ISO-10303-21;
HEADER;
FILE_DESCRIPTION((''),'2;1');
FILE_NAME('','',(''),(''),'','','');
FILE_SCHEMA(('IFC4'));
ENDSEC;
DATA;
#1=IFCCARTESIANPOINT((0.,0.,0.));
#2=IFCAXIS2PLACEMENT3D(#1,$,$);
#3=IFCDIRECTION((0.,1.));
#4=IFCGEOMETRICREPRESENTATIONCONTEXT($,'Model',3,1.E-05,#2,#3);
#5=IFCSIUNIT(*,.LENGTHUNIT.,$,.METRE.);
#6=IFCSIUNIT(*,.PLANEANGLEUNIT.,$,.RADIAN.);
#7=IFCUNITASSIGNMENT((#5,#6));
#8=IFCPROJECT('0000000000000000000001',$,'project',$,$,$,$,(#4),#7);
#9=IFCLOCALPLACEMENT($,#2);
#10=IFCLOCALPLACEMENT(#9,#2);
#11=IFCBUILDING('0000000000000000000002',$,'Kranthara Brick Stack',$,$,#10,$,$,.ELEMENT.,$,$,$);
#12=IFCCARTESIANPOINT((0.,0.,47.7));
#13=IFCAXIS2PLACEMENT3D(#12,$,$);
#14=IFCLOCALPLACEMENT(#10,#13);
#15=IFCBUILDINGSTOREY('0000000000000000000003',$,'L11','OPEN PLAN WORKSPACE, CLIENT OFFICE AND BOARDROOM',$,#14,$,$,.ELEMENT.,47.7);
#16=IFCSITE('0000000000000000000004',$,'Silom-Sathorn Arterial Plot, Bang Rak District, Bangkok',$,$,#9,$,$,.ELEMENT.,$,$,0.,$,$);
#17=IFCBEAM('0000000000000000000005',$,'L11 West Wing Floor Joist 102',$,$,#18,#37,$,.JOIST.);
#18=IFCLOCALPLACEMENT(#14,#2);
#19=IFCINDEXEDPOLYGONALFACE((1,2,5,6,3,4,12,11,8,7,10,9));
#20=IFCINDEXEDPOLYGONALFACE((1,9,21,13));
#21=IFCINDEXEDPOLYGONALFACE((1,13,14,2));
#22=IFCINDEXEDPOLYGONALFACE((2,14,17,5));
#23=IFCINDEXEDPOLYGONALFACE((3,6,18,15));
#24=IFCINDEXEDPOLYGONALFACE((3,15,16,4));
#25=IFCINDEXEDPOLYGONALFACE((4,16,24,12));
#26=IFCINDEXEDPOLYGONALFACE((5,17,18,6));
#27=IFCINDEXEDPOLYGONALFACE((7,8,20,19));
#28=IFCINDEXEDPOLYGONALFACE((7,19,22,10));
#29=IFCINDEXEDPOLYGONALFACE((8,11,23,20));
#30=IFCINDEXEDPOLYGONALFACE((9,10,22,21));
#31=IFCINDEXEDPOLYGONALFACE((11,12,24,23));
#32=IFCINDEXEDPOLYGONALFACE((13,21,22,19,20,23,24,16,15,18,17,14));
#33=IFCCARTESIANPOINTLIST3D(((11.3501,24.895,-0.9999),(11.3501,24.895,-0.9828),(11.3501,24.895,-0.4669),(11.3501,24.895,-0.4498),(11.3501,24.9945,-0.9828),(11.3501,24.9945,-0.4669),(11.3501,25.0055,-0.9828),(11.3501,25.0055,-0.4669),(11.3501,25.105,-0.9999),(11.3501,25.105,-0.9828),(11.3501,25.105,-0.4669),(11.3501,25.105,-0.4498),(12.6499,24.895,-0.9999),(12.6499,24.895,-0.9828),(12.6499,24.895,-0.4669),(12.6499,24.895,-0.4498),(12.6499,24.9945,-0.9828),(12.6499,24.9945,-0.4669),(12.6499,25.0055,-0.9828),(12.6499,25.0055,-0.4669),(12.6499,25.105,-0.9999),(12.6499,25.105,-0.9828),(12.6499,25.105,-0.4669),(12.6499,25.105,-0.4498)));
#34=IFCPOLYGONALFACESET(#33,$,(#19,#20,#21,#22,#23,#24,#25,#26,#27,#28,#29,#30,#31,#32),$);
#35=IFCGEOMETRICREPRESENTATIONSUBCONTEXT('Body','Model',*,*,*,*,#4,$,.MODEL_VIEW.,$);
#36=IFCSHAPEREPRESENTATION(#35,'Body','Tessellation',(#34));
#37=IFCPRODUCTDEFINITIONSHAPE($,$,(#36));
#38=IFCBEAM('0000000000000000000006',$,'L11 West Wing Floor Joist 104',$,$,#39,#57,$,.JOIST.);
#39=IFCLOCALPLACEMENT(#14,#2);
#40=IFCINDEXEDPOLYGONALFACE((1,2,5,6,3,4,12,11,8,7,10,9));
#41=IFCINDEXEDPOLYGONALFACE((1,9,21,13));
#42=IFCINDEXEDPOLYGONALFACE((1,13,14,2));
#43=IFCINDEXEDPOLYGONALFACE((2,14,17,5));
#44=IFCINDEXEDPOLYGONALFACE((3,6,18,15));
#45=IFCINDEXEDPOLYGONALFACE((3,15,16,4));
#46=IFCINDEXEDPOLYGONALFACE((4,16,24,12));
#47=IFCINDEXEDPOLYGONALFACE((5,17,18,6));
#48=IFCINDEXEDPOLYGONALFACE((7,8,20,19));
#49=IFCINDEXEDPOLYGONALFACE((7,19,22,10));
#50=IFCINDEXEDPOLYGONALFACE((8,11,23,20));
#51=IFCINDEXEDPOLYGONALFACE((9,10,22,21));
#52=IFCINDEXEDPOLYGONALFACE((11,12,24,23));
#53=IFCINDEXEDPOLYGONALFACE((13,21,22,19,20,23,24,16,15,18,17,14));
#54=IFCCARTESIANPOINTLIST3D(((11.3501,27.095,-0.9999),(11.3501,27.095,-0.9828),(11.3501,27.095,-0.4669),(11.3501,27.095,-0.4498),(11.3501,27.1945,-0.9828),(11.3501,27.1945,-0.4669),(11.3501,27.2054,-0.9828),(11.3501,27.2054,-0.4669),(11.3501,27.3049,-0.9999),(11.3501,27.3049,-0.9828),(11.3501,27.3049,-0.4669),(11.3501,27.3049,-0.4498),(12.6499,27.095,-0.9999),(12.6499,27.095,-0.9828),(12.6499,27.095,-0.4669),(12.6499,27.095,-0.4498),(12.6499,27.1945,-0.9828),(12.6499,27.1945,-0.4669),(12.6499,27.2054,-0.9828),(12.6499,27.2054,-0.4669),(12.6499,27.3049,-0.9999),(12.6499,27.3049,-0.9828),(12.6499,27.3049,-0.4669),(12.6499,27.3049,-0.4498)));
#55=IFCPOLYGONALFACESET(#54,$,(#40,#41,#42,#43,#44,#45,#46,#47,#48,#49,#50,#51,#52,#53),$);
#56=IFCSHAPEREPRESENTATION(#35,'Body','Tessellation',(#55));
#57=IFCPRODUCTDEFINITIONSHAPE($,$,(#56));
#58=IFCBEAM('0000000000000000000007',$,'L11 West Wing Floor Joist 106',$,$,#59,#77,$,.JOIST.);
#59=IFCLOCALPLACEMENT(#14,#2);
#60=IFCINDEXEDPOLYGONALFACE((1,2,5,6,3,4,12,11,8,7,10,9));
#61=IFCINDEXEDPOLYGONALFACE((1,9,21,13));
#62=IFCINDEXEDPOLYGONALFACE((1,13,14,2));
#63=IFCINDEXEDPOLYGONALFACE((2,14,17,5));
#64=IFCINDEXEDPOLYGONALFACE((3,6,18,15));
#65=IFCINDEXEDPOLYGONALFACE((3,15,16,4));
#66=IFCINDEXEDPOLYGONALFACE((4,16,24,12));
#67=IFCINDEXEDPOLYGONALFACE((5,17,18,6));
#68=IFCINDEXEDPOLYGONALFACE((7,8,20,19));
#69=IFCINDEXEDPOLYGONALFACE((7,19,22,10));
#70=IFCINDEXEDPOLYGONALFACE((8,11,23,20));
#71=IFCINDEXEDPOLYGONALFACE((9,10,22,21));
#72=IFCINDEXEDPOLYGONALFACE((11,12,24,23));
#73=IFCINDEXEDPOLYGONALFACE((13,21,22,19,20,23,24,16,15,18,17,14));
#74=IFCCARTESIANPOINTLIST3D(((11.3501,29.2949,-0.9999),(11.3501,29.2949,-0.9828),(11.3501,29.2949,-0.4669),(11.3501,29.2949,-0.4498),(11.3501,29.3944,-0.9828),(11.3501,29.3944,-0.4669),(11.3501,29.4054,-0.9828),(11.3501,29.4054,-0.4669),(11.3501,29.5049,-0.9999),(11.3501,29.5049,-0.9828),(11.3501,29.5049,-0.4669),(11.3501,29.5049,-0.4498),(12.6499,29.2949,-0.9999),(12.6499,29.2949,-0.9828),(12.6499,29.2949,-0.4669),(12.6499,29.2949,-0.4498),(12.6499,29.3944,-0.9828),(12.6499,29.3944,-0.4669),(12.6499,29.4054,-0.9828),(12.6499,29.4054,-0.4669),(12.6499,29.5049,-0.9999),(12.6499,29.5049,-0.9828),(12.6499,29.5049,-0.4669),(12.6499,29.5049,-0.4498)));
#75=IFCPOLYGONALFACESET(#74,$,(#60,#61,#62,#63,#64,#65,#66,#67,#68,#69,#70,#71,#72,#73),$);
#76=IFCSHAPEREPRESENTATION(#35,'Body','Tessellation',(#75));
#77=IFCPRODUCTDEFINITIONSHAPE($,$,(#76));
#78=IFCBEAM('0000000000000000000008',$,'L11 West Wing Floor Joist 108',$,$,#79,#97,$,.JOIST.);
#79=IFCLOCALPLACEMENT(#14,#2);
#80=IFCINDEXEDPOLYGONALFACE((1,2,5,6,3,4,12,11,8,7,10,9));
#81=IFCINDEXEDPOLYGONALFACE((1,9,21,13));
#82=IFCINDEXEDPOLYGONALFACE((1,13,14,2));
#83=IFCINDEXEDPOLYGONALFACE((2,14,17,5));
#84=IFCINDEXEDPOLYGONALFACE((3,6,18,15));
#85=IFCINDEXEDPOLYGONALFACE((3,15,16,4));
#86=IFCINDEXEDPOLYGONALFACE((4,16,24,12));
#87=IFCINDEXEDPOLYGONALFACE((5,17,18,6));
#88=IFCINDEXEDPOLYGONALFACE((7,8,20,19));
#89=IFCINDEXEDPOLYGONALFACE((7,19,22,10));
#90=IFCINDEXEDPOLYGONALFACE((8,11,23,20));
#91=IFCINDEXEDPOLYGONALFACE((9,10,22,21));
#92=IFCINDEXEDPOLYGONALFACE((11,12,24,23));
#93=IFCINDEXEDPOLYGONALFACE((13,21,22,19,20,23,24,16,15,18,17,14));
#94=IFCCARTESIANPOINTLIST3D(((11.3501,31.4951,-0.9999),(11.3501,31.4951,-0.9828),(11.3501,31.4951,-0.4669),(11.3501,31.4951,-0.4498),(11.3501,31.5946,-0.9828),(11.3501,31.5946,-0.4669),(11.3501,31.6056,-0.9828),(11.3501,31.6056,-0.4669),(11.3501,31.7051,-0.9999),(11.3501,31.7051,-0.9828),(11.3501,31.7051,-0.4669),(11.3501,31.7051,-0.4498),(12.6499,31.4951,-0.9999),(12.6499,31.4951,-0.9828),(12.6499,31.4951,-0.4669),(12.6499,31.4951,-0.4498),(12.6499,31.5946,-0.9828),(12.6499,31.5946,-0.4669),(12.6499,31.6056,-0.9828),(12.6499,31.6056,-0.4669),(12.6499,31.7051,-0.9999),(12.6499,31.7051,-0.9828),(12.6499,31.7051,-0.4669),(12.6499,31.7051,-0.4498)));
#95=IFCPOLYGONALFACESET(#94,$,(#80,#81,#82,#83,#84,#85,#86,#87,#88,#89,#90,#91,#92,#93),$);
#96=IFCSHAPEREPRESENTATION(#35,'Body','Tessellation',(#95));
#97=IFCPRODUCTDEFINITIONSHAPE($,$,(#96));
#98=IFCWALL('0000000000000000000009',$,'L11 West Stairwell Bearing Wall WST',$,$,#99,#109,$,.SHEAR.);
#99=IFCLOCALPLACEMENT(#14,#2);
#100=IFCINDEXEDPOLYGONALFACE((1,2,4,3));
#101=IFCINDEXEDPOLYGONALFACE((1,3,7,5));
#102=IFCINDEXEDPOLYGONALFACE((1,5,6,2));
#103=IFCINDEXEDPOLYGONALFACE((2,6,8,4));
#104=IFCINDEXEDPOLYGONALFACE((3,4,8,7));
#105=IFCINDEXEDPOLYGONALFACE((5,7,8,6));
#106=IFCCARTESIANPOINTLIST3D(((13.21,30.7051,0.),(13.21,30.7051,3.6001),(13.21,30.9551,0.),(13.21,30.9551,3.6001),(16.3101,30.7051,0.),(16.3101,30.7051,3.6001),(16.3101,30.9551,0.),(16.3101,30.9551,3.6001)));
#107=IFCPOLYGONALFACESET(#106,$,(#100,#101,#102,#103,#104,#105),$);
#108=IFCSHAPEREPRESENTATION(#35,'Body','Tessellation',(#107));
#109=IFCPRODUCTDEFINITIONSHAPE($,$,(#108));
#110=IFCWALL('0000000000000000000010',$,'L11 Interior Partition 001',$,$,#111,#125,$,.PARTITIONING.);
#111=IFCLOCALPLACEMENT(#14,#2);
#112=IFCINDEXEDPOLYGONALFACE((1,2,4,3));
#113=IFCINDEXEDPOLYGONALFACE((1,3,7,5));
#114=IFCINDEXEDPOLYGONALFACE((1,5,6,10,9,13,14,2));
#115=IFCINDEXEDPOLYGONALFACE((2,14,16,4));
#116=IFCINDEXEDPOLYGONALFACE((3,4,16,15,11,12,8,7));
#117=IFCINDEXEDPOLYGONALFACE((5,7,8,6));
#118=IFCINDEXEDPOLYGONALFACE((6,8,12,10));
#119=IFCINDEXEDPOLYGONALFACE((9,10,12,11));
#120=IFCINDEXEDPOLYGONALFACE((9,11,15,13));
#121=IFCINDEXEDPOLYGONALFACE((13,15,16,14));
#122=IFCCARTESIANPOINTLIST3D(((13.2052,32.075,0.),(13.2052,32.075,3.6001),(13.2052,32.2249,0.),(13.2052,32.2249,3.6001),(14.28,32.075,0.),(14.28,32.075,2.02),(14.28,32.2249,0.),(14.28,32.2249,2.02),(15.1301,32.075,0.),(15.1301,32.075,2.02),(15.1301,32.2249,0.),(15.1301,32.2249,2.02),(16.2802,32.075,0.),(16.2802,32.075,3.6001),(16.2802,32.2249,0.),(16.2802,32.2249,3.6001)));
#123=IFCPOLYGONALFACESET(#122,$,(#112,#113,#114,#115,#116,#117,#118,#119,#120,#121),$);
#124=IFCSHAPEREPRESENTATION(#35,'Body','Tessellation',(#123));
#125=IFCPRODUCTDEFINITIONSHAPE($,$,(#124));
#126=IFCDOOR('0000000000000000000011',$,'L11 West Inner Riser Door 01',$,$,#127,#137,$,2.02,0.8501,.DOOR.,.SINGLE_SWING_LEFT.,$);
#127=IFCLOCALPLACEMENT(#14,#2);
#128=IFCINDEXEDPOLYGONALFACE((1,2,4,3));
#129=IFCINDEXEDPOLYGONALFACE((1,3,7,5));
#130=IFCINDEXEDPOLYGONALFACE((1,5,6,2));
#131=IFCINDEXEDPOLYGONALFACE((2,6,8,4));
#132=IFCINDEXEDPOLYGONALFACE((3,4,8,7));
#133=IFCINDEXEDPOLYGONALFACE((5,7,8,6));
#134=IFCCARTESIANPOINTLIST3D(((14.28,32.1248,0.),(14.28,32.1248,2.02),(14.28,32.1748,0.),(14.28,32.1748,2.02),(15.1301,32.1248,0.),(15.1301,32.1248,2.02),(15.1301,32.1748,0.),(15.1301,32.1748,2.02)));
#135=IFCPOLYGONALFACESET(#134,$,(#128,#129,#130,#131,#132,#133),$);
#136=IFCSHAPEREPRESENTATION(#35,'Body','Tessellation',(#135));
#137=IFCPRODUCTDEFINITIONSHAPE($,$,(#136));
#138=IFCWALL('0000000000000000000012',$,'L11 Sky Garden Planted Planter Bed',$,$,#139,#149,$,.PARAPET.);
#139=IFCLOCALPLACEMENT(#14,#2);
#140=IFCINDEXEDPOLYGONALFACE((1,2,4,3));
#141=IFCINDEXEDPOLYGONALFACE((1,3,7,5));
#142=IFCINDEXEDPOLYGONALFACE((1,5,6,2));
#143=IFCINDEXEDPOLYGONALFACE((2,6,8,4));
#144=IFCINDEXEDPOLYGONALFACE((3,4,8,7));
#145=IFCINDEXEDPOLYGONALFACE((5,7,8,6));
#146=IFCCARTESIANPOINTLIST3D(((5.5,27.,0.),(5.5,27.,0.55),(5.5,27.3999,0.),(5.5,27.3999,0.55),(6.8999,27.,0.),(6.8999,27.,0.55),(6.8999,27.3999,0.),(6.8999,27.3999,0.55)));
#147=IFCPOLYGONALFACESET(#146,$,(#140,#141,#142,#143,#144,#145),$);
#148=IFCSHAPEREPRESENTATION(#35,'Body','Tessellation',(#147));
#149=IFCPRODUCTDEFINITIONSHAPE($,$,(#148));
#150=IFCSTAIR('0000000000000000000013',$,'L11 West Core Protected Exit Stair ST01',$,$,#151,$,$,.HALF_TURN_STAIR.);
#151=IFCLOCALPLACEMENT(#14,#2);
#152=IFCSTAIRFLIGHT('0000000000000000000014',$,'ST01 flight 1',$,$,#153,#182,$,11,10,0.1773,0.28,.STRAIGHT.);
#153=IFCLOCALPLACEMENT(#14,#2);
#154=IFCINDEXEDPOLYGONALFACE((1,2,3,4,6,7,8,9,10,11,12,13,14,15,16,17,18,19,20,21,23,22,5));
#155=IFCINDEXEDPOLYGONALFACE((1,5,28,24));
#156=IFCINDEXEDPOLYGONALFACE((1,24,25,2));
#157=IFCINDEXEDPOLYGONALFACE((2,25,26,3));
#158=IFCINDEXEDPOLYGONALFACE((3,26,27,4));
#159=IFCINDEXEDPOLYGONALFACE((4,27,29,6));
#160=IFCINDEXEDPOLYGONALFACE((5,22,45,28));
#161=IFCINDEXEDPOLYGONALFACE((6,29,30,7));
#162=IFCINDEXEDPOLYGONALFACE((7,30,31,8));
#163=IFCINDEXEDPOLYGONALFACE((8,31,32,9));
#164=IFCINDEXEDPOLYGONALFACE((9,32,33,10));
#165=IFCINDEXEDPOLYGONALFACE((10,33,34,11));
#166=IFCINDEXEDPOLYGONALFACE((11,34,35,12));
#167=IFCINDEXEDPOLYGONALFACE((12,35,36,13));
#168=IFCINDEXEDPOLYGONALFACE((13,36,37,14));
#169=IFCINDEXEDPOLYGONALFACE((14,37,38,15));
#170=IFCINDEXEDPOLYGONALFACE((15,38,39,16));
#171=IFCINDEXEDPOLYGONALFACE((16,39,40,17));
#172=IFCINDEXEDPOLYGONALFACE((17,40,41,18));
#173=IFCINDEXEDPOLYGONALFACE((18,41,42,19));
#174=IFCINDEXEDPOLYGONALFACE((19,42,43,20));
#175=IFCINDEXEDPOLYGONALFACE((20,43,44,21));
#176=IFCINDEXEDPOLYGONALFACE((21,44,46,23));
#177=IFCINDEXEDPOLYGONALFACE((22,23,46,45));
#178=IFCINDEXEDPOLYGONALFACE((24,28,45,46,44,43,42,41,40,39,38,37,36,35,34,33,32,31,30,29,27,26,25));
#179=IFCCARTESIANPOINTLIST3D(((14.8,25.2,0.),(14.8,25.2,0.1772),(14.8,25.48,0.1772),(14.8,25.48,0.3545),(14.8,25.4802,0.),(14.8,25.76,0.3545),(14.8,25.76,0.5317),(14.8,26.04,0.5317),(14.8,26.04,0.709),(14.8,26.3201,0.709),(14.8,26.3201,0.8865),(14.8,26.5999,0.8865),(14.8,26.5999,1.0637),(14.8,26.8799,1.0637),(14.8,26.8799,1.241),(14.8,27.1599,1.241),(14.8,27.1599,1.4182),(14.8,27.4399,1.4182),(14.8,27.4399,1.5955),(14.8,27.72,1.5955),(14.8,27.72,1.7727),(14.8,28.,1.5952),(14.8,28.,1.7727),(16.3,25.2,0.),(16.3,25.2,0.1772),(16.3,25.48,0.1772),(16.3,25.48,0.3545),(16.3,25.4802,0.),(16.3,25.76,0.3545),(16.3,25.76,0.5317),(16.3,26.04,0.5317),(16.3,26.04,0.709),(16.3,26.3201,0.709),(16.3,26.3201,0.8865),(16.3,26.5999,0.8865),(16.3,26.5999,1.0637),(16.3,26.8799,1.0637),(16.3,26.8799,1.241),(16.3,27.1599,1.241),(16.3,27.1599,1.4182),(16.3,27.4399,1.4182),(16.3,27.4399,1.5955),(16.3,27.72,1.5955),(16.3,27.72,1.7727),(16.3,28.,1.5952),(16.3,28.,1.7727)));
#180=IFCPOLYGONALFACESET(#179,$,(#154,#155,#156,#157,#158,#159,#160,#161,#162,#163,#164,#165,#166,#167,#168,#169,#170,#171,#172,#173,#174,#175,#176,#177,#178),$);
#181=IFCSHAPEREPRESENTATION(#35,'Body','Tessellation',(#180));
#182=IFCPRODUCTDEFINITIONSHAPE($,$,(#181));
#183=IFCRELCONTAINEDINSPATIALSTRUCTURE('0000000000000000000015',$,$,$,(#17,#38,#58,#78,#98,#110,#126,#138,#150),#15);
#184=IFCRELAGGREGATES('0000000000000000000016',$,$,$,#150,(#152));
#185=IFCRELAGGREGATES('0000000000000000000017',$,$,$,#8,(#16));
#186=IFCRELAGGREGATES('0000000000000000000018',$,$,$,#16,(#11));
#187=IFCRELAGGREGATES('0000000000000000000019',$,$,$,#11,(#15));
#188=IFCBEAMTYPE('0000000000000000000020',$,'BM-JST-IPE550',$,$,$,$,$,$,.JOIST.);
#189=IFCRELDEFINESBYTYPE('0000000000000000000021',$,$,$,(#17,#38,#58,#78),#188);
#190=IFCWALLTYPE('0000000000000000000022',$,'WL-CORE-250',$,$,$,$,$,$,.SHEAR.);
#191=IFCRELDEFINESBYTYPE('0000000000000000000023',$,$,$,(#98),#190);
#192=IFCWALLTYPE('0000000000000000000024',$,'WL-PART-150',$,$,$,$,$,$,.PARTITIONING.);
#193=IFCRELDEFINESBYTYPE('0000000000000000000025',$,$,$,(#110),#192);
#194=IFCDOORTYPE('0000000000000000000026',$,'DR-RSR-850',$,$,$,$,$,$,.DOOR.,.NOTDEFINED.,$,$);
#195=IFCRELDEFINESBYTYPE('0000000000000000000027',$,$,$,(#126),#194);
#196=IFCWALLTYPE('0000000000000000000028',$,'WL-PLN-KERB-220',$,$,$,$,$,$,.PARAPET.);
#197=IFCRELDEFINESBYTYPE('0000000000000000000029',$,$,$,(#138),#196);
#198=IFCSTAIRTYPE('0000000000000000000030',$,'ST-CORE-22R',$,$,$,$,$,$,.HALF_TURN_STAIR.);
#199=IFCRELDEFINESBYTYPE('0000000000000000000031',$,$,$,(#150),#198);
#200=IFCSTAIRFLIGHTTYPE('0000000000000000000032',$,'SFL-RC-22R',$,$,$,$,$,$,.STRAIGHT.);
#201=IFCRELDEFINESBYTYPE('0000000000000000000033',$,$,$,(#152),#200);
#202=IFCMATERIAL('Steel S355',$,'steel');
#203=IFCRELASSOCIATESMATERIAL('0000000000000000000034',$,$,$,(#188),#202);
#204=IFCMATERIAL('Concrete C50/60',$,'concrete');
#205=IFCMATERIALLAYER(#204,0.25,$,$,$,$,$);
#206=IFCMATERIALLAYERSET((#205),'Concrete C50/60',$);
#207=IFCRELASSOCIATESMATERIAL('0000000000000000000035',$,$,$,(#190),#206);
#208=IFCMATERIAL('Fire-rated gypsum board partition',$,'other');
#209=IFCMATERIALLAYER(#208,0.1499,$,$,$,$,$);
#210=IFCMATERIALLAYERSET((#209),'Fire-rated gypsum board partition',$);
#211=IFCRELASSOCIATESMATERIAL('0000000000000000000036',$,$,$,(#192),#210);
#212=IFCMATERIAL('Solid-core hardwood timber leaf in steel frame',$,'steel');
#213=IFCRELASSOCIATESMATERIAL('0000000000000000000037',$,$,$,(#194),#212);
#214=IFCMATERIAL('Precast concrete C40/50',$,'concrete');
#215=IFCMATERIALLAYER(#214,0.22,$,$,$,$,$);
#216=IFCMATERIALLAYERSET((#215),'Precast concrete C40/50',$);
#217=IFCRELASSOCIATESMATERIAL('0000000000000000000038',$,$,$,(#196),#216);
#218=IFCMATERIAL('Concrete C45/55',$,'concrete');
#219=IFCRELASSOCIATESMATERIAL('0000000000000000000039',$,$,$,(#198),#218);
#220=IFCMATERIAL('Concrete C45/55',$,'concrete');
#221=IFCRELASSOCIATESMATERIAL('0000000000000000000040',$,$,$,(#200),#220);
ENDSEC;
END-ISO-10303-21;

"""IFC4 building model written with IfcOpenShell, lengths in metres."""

from ifc_helpers import new_model, si_unit, direction, frame, frame_2d, origin, origin_2d, place, context, subcontext, project, spatial, polyline, rectangle, i_section, outline, extrude, material, layer, layer_set, material_profile, profile_set, type_object, element, fill, aggregate, save


model = new_model("IFC4")

# Units and contexts
model_context = context("Model", 3, precision=1e-05, world=origin(), true_north=direction((0.0, 1.0)))
body_context = subcontext(model_context, "Body", "Model", "MODEL_VIEW")
ifc_project = project(units=[si_unit("LENGTHUNIT", "METRE"), si_unit("PLANEANGLEUNIT", "RADIAN")], contexts=[model_context])

# Site, building, storey
site_placement = place(None, origin())
site = spatial("IfcSite", under=ifc_project, at=site_placement, Name="Silom-Sathorn Arterial Plot, Bang Rak District, Bangkok", CompositionType="ELEMENT", RefElevation=0.0)
building_placement = place(site_placement, origin())
building = spatial("IfcBuilding", under=site, at=building_placement, Name="Kranthara Brick Stack", CompositionType="ELEMENT")
storey_placement = place(building_placement, frame((0.0, 0.0, 47.7)))
storey = spatial("IfcBuildingStorey", under=building, at=storey_placement, Name="L11", Description="OPEN PLAN WORKSPACE, CLIENT OFFICE AND BOARDROOM", CompositionType="ELEMENT", Elevation=47.7)

# Beams
ifc_material_1 = material(Name="Steel S355", Category="steel")
ifc_material_profile = material_profile(ifc_material_1, i_section(OverallWidth=0.21, OverallDepth=0.55, WebThickness=0.011, FlangeThickness=0.0171, at=origin_2d()), Name="IPE 550")
ifc_profile_set = profile_set([ifc_material_profile], Name="Steel S355")
beam_type = type_object("IfcBeamType", Name="BM-JST-IPE550", PredefinedType="JOIST", material=ifc_profile_set)
for number, where, z_axis, x_axis, name in (
    (1, (11.3501, 25.0, -0.7249), (1.0, 0.0, 0.0), (0.0, 1.0, 0.0), "L11 West Wing Floor Joist 102"),
    (2, (11.3501, 27.2, -0.7249), (1.0, 0.0, 0.0), (0.0, 1.0, 0.0), "L11 West Wing Floor Joist 104"),
    (3, (11.3501, 29.3999, -0.7249), (1.0, 0.0, 0.0), (0.0, 1.0, 0.0), "L11 West Wing Floor Joist 106"),
    (4, (11.3501, 31.6001, -0.7249), (1.0, 0.0, 0.0), (0.0, 1.0, 0.0), "L11 West Wing Floor Joist 108"),
):
    element("IfcBeam", number, at=place(storey_placement, frame(where, z_axis=z_axis, x_axis=x_axis)), inside=storey, type_object=beam_type, Name=name, PredefinedType="JOIST", context=body_context, shape_type="SweptSolid", body=[
        extrude(i_section(OverallWidth=0.21, OverallDepth=0.55, WebThickness=0.011, FlangeThickness=0.0171, at=origin_2d()), origin(), (0.0, 0.0, 1.0), 1.2998),
    ])

# Wall
ifc_material_2 = material(Name="Concrete C50/60", Category="concrete")
ifc_layer_1 = layer(ifc_material_2, 0.25)
ifc_layer_set_1 = layer_set([ifc_layer_1], Name="Concrete C50/60")
wall_type_1 = type_object("IfcWallType", Name="WL-CORE-250", PredefinedType="SHEAR", material=ifc_layer_set_1)
wall_1_placement = place(storey_placement, frame((13.21, 30.8301, 0.0), z_axis=(0.0, 0.0, 1.0), x_axis=(1.0, 0.0, 0.0)))
element("IfcWall", 5, at=wall_1_placement, inside=storey, type_object=wall_type_1, Name="L11 West Stairwell Bearing Wall WST", PredefinedType="SHEAR", context=body_context, shape_type="SweptSolid", body=[
    extrude(rectangle(XDim=3.1001, YDim=0.25, at=frame_2d((1.55, 0.0))), origin(), (0.0, 0.0, 1.0), 3.6001),
])

# Wall, opening, door
ifc_material_3 = material(Name="Fire-rated gypsum board partition", Category="other")
ifc_layer_2 = layer(ifc_material_3, 0.1499)
ifc_layer_set_2 = layer_set([ifc_layer_2], Name="Fire-rated gypsum board partition")
wall_type_2 = type_object("IfcWallType", Name="WL-PART-150", PredefinedType="PARTITIONING", material=ifc_layer_set_2)
wall_2_placement = place(storey_placement, frame((13.2051, 32.1499, 0.0), z_axis=(0.0, 0.0, 1.0), x_axis=(1.0, 0.0, 0.0)))
wall_2 = element("IfcWall", 6, at=wall_2_placement, inside=storey, type_object=wall_type_2, Name="L11 Interior Partition 001", PredefinedType="PARTITIONING", context=body_context, shape_type="SweptSolid", body=[
    extrude(rectangle(XDim=3.075, YDim=0.1499, at=frame_2d((1.5376, 0.0))), origin(), (0.0, 0.0, 1.0), 3.6001),
])
opening_placement = place(wall_2_placement, frame((1.075, 0.0, 0.0)))
opening = element("IfcOpeningElement", 7, at=opening_placement, cuts=wall_2, PredefinedType="OPENING", context=body_context, shape_type="SweptSolid", body=[
    extrude(rectangle(XDim=0.8501, YDim=2.02, at=frame_2d((0.425, 1.01))), frame((0.0, 0.085, 0.0), z_axis=(0.0, -1.0, 0.0), x_axis=(1.0, 0.0, 0.0)), (0.0, 0.0, 1.0), 0.1699),
])
ifc_material_4 = material(Name="Solid-core hardwood timber leaf in steel frame", Category="steel")
door_type = type_object("IfcDoorType", Name="DR-RSR-850", OperationType="NOTDEFINED", PredefinedType="DOOR", material=ifc_material_4)
door_placement = place(opening_placement, origin())
door = element("IfcDoor", 8, at=door_placement, inside=storey, type_object=door_type, Name="L11 West Inner Riser Door 01", OperationType="SINGLE_SWING_LEFT", OverallHeight=2.02, OverallWidth=0.8501, PredefinedType="DOOR", context=body_context, shape_type="SweptSolid", body=[
    extrude(rectangle(XDim=0.8501, YDim=2.02, at=frame_2d((0.425, 1.01))), frame((0.0, 0.0249, 0.0), z_axis=(0.0, -1.0, 0.0), x_axis=(1.0, 0.0, 0.0)), (0.0, 0.0, 1.0), 0.05),
])
fill(opening, door)

# Wall
ifc_material_5 = material(Name="Precast concrete C40/50", Category="concrete")
ifc_layer_3 = layer(ifc_material_5, 0.22)
ifc_layer_set_3 = layer_set([ifc_layer_3], Name="Precast concrete C40/50")
wall_type_3 = type_object("IfcWallType", Name="WL-PLN-KERB-220", PredefinedType="PARAPET", material=ifc_layer_set_3)
wall_3_placement = place(storey_placement, frame((5.5, 27.2, 0.0), z_axis=(0.0, 0.0, 1.0), x_axis=(1.0, 0.0, 0.0)))
element("IfcWall", 9, at=wall_3_placement, inside=storey, type_object=wall_type_3, Name="L11 Sky Garden Planted Planter Bed", PredefinedType="PARAPET", context=body_context, shape_type="SweptSolid", body=[
    extrude(rectangle(XDim=1.3999, YDim=0.3999, at=frame_2d((0.7, 0.0))), origin(), (0.0, 0.0, 1.0), 0.55),
])

# Stair, stair flight
ifc_material_6 = material(Name="Concrete C45/55", Category="concrete")
stair_type = type_object("IfcStairType", Name="ST-CORE-22R", PredefinedType="HALF_TURN_STAIR", material=ifc_material_6)
stair_placement = place(storey_placement, origin())
stair = element("IfcStair", 10, at=stair_placement, inside=storey, type_object=stair_type, Name="L11 West Core Protected Exit Stair ST01", PredefinedType="HALF_TURN_STAIR")
ifc_material_7 = material(Name="Concrete C45/55", Category="concrete")
stair_flight_type = type_object("IfcStairFlightType", Name="SFL-RC-22R", PredefinedType="STRAIGHT", material=ifc_material_7)
stair_flight_1_placement = place(storey_placement, frame((15.55, 25.2, 0.0), z_axis=(0.0, 0.0, 1.0), x_axis=(0.0, 1.0, 0.0)))
stair_flight_1 = element("IfcStairFlight", 11, at=stair_flight_1_placement, type_object=stair_flight_type, Name="ST01 flight 1", NumberOfRisers=11, NumberOfTreads=10, PredefinedType="STRAIGHT", RiserHeight=0.1773, TreadLength=0.28, context=body_context, shape_type="SweptSolid", body=[
    extrude(outline(polyline([(0.0, 0.0), (0.0, 0.1772), (0.28, 0.1772), (0.28, 0.3545), (0.5601, 0.3545), (0.5601, 0.5317), (0.8401, 0.5317), (0.8401, 0.709), (1.1201, 0.709), (1.1201, 0.8865), (1.3999, 0.8865), (1.3999, 1.0637), (1.6799, 1.0637), (1.6799, 1.241), (1.96, 1.241), (1.96, 1.4182), (2.24, 1.4182), (2.24, 1.5955), (2.52, 1.5955), (2.52, 1.7727), (2.8, 1.7727), (2.8, 1.95), (2.8, 1.5952), (0.2803, 0.0), (0.0, 0.0)])), frame((0.0, 0.75, 0.0), z_axis=(0.0, -1.0, 0.0), x_axis=(1.0, 0.0, 0.0)), (0.0, 0.0, 1.0), 1.5),
])
aggregate(stair, [stair_flight_1])

save(model, "model.ifc")
